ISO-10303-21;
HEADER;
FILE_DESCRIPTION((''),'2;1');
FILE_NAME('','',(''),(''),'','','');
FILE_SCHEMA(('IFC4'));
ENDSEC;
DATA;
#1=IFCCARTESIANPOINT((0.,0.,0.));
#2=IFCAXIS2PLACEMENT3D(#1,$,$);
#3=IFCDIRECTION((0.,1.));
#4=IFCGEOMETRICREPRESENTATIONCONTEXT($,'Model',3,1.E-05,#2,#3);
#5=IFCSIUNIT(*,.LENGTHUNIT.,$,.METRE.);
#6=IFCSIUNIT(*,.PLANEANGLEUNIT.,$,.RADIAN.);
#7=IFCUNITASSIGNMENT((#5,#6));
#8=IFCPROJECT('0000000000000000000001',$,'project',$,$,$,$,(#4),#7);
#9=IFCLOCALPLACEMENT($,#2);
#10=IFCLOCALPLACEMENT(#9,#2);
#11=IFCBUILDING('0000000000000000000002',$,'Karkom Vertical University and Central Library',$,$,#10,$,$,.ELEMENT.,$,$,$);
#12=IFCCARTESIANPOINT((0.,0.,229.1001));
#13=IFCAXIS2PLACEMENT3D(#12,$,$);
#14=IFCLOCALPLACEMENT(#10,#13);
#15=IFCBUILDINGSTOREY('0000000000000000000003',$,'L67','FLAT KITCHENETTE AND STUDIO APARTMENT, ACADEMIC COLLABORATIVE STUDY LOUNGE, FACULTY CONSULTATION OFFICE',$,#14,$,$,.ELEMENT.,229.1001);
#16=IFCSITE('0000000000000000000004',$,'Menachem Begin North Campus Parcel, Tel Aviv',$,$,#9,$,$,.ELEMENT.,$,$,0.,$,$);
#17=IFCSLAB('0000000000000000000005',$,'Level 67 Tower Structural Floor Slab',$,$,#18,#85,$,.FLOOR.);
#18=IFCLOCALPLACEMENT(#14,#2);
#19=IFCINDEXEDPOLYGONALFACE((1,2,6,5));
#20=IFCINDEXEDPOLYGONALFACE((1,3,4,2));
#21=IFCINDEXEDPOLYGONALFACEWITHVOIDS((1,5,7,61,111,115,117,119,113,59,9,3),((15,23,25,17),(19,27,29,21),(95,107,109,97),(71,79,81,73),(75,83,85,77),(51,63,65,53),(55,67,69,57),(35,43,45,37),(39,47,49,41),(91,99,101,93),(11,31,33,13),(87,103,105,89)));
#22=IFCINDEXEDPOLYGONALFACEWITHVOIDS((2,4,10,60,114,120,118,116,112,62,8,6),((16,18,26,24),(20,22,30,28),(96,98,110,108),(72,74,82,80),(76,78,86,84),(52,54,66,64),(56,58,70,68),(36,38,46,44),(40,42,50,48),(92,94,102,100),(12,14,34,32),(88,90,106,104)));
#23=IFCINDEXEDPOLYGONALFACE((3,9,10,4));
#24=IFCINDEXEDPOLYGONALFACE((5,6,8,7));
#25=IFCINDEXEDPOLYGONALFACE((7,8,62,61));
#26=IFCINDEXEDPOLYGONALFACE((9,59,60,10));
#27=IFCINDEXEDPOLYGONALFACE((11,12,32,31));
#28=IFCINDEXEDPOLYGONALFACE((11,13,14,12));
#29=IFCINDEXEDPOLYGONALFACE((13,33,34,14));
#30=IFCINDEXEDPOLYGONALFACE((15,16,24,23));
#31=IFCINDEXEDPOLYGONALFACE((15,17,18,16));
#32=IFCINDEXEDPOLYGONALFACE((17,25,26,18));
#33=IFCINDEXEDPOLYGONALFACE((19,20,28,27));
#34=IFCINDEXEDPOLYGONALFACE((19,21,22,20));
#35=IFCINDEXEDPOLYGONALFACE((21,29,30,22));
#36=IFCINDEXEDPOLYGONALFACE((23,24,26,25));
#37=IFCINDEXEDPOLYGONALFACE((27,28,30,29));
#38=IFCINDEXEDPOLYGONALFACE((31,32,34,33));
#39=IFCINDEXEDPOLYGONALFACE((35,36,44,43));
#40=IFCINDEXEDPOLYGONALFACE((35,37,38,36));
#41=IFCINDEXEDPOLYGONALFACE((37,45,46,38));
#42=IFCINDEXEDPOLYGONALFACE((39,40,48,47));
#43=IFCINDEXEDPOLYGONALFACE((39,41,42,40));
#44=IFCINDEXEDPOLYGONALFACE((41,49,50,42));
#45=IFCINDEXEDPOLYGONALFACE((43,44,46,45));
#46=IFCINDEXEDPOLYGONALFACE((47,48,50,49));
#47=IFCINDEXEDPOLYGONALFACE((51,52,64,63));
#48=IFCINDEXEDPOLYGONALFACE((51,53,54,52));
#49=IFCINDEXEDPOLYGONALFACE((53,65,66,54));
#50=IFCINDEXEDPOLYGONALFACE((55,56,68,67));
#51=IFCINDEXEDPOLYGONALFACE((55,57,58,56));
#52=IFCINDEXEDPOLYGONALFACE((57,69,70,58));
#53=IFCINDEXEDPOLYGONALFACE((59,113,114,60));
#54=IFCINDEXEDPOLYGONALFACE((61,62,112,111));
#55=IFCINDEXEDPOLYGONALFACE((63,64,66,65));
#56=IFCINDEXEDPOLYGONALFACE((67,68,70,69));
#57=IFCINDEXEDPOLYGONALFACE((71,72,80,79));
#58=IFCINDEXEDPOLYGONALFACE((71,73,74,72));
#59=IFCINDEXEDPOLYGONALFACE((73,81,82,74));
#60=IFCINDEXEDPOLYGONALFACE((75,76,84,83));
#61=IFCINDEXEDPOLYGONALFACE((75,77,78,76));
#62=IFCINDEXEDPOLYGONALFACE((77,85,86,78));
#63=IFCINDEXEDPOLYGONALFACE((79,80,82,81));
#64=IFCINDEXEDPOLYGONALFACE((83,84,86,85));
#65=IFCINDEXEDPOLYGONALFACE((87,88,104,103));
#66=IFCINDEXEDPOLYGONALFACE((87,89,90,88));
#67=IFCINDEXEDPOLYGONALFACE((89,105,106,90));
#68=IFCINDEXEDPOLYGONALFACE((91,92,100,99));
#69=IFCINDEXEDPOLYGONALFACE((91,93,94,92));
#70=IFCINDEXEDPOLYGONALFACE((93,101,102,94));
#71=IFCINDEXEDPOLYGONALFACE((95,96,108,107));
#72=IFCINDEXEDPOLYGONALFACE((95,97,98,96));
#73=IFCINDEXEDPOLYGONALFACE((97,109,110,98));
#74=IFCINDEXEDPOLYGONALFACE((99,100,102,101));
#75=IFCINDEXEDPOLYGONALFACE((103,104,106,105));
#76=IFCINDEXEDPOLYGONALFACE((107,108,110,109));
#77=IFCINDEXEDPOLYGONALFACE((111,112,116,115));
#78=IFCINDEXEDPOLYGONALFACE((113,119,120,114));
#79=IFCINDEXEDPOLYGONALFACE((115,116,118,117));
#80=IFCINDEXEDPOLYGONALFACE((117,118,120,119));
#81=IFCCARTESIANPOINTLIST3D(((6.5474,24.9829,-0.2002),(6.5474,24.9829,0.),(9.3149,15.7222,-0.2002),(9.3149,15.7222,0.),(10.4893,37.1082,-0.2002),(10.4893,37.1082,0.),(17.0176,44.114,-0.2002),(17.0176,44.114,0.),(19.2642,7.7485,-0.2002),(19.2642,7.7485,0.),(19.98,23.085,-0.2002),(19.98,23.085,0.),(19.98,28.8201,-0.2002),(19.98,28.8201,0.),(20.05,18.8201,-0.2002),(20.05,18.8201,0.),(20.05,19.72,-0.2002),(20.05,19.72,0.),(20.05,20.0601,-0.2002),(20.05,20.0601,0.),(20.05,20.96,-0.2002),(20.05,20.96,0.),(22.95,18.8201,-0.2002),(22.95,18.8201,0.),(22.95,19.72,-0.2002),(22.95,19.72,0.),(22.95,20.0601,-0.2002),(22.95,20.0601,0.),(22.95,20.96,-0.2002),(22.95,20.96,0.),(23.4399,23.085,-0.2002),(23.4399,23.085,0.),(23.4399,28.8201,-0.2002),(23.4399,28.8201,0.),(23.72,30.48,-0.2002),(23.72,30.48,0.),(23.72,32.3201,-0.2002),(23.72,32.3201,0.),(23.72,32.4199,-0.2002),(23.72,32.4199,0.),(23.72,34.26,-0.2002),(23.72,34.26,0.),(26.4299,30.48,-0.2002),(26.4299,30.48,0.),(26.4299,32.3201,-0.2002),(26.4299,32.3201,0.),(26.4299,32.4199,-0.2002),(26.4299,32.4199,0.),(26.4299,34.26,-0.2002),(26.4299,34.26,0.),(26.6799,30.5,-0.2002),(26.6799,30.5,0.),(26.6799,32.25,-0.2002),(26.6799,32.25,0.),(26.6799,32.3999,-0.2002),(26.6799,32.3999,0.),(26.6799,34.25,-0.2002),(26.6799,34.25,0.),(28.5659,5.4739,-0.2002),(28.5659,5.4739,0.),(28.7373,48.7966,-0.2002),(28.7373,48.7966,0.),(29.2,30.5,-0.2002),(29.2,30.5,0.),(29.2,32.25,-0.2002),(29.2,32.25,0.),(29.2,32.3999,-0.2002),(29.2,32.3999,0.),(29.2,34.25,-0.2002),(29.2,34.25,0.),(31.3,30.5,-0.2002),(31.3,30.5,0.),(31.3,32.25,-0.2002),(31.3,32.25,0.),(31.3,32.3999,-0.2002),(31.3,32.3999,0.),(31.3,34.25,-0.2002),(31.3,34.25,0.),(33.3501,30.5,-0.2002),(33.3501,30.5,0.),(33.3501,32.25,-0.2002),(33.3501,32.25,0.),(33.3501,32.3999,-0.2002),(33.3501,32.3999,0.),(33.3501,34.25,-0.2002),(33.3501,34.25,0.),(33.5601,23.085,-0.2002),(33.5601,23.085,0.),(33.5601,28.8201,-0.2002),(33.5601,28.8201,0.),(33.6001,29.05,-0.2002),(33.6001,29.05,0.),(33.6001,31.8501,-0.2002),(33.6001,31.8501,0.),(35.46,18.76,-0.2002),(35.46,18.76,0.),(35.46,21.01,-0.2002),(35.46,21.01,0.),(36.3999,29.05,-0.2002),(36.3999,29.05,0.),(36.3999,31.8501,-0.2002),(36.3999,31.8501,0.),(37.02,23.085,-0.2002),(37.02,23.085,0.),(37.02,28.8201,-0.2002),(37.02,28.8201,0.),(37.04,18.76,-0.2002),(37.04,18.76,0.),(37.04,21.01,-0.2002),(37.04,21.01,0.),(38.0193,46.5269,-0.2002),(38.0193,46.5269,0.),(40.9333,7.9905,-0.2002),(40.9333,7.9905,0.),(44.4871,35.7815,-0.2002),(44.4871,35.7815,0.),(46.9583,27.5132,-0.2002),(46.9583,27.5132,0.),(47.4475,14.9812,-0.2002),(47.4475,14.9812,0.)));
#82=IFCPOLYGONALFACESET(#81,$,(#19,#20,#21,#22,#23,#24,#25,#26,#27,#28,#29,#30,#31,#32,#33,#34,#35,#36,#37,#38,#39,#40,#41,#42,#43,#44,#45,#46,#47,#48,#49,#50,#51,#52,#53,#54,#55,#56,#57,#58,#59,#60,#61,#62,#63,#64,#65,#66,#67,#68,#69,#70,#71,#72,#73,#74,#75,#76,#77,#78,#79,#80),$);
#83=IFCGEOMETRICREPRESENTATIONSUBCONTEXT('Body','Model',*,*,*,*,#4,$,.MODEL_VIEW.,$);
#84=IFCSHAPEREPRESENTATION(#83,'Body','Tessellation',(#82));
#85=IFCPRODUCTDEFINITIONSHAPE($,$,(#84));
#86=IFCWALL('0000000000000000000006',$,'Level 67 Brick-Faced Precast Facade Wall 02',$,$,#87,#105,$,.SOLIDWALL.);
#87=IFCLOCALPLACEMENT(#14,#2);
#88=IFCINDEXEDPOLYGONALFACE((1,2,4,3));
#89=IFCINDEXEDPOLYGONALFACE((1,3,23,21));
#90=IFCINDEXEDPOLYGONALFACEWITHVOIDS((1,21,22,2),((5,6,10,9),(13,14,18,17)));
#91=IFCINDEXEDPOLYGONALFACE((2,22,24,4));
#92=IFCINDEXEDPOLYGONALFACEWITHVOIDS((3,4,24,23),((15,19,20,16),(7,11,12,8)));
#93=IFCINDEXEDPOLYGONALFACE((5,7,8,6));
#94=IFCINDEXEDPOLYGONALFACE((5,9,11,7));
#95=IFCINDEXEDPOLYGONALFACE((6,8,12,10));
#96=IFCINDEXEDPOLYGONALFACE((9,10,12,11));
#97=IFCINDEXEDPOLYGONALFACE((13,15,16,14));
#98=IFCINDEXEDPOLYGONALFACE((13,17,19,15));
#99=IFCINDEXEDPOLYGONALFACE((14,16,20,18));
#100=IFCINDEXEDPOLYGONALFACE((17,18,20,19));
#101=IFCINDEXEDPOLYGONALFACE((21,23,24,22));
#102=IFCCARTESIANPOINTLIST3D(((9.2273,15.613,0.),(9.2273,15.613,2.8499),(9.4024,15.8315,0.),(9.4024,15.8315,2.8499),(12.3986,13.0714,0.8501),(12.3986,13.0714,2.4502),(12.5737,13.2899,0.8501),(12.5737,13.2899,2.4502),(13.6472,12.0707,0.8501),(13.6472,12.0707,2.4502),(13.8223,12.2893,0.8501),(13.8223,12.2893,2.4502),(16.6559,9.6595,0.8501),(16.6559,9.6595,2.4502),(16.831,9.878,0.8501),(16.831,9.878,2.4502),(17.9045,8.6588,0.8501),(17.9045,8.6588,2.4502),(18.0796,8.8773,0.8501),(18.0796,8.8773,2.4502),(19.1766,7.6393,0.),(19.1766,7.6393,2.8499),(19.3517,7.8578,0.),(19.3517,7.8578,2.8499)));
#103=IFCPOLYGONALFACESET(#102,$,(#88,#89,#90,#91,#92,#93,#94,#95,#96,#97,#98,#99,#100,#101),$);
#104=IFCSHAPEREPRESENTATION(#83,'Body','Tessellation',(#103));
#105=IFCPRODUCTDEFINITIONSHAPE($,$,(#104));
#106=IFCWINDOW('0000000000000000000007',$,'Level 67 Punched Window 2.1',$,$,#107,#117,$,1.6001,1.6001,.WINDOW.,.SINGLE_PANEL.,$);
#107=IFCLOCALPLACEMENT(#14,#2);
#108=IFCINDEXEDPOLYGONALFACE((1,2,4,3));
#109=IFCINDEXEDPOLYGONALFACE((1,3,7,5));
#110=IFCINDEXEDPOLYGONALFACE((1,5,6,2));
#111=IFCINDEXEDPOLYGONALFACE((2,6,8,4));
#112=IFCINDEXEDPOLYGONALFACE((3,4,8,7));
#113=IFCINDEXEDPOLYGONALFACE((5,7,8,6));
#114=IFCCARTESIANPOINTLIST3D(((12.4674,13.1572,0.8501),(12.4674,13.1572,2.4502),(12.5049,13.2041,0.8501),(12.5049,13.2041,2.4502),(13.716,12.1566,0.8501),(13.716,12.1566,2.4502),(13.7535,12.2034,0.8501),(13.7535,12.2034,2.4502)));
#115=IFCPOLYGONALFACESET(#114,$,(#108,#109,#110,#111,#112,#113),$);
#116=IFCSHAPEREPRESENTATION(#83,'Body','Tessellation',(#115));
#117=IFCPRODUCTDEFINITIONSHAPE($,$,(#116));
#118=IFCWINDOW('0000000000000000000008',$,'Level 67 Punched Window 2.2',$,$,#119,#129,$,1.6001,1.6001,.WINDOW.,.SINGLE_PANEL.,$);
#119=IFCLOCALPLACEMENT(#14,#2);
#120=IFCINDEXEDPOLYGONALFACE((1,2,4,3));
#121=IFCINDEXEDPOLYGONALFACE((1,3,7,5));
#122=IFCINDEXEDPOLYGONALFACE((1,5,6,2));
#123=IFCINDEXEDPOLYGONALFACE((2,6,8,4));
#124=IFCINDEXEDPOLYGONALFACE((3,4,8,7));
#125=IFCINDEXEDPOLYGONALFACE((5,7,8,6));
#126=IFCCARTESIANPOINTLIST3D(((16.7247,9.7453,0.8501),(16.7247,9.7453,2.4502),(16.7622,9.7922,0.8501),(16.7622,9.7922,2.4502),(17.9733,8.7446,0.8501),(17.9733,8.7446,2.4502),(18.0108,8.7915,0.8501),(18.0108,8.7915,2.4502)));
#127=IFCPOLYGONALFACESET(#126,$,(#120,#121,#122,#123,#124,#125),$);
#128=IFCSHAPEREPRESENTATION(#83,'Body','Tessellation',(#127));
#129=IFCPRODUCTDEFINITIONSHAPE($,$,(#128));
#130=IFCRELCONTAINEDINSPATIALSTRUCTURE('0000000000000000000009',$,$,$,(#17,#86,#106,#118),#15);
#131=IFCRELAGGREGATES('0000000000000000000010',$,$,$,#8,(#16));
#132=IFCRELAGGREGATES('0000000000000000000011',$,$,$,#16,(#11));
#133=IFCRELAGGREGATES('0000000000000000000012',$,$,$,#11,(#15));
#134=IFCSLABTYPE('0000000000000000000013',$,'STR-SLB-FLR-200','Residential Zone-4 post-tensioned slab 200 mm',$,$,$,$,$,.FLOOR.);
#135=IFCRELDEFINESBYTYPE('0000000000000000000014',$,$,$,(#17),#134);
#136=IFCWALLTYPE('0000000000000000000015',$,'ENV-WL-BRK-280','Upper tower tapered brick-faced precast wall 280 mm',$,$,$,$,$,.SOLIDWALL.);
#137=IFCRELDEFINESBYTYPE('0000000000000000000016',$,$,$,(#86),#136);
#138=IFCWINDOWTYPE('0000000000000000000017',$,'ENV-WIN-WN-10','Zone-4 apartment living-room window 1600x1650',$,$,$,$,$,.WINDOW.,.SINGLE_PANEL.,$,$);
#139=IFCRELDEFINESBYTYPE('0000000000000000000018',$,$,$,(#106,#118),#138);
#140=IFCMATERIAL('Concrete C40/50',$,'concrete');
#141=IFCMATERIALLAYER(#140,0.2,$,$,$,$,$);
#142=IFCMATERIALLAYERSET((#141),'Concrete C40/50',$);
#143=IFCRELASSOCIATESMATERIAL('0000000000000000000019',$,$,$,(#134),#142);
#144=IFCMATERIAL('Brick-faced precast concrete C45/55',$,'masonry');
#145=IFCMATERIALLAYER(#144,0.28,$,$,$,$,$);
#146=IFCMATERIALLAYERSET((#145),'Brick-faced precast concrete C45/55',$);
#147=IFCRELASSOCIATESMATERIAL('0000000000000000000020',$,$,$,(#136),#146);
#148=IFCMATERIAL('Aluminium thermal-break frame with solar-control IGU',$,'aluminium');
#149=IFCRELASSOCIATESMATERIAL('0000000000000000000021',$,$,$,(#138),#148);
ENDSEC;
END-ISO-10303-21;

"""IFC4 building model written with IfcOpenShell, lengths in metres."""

from ifc_helpers import new_model, si_unit, direction, frame, frame_2d, origin, origin_with_axes, place, context, subcontext, project, spatial, polyline, rectangle, outline, extrude, source, transform, mapped, material, layer, layer_set, type_object, element, fill, save


model = new_model("IFC4")

# Units and contexts
model_context = context("Model", 3, precision=1e-05, world=origin(), true_north=direction((0.0, 1.0)))
body_context = subcontext(model_context, "Body", "Model", "MODEL_VIEW")
ifc_project = project(units=[si_unit("LENGTHUNIT", "METRE"), si_unit("PLANEANGLEUNIT", "RADIAN")], contexts=[model_context])

# Site, building, storey
site_placement = place(None, origin())
site = spatial("IfcSite", under=ifc_project, at=site_placement, Name="Menachem Begin North Campus Parcel, Tel Aviv", CompositionType="ELEMENT", RefElevation=0.0)
building_placement = place(site_placement, origin())
building = spatial("IfcBuilding", under=site, at=building_placement, Name="Karkom Vertical University and Central Library", CompositionType="ELEMENT")
storey_placement = place(building_placement, frame((0.0, 0.0, 229.1001)))
storey = spatial("IfcBuildingStorey", under=building, at=storey_placement, Name="L67", Description="FLAT KITCHENETTE AND STUDIO APARTMENT, ACADEMIC COLLABORATIVE STUDY LOUNGE, FACULTY CONSULTATION OFFICE", CompositionType="ELEMENT", Elevation=229.1001)

# Slab
ifc_material_1 = material(Name="Concrete C40/50", Category="concrete")
ifc_layer_1 = layer(ifc_material_1, 0.2)
ifc_layer_set_1 = layer_set([ifc_layer_1], Name="Concrete C40/50")
slab_type_1 = type_object("IfcSlabType", Name="STR-SLB-FLR-200", Description="Residential Zone-4 post-tensioned slab 200 mm", PredefinedType="FLOOR", material=ifc_layer_set_1)
slab_1_placement = place(storey_placement, frame((0.0, 0.0, -0.2002)))
element("IfcSlab", 1, at=slab_1_placement, inside=storey, type_object=slab_type_1, Name="Level 67 Tower Structural Floor Slab", PredefinedType="FLOOR", context=body_context, shape_type="SweptSolid", body=[
    extrude(outline(polyline([(6.5474, 24.9829), (9.3149, 15.7222), (19.2642, 7.7485), (28.5659, 5.4739), (40.9333, 7.9905), (47.4475, 14.9812), (46.9583, 27.5132), (44.4871, 35.7815), (38.0193, 46.5269), (28.7373, 48.7966), (17.0176, 44.114), (10.4893, 37.1082), (6.5474, 24.9829)]), holes=[polyline([(19.98, 23.085), (23.4399, 23.085), (23.4399, 28.8201), (19.98, 28.8201), (19.98, 23.085)]), polyline([(33.5601, 23.085), (37.02, 23.085), (37.02, 28.8201), (33.5601, 28.8201), (33.5601, 23.085)]), polyline([(26.6799, 30.5), (29.2, 30.5), (29.2, 32.25), (26.6799, 32.25), (26.6799, 30.5)]), polyline([(26.6799, 32.3999), (29.2, 32.3999), (29.2, 34.25), (26.6799, 34.25), (26.6799, 32.3999)]), polyline([(31.3, 30.5), (33.3501, 30.5), (33.3501, 32.25), (31.3, 32.25), (31.3, 30.5)]), polyline([(31.3, 32.3999), (33.3501, 32.3999), (33.3501, 34.25), (31.3, 34.25), (31.3, 32.3999)]), polyline([(23.72, 30.48), (26.4299, 30.48), (26.4299, 32.3201), (23.72, 32.3201), (23.72, 30.48)]), polyline([(23.72, 32.4199), (26.4299, 32.4199), (26.4299, 34.26), (23.72, 34.26), (23.72, 32.4199)]), polyline([(33.6001, 29.05), (36.3999, 29.05), (36.3999, 31.8501), (33.6001, 31.8501), (33.6001, 29.05)]), polyline([(20.05, 18.8201), (22.95, 18.8201), (22.95, 19.72), (20.05, 19.72), (20.05, 18.8201)]), polyline([(20.05, 20.0601), (22.95, 20.0601), (22.95, 20.96), (20.05, 20.96), (20.05, 20.0601)]), polyline([(35.46, 18.76), (37.04, 18.76), (37.04, 21.01), (35.46, 21.01), (35.46, 18.76)])]), origin(), (0.0, 0.0, 1.0), 0.2002),
])

# Wall, openings, windows
ifc_material_2 = material(Name="Brick-faced precast concrete C45/55", Category="masonry")
ifc_layer_2 = layer(ifc_material_2, 0.28)
ifc_layer_set_2 = layer_set([ifc_layer_2], Name="Brick-faced precast concrete C45/55")
wall_type_1 = type_object("IfcWallType", Name="ENV-WL-BRK-280", Description="Upper tower tapered brick-faced precast wall 280 mm", PredefinedType="SOLIDWALL", material=ifc_layer_set_2)
wall_1_placement = place(storey_placement, frame((9.3149, 15.7222, 0.0), z_axis=(0.0, 0.0, 1.0), x_axis=(0.780323, -0.625377, 0.0)))
wall_1 = element("IfcWall", 2, at=wall_1_placement, inside=storey, type_object=wall_type_1, Name="Level 67 Brick-Faced Precast Facade Wall 02", PredefinedType="SOLIDWALL", context=body_context, shape_type="SweptSolid", body=[
    extrude(rectangle(XDim=12.7502, YDim=0.28, at=frame_2d((6.375, 0.0))), origin(), (0.0, 0.0, 1.0), 2.8499),
])
opening_1_placement = place(wall_1_placement, frame((4.064, 0.0, 0.8501)))
opening_1 = element("IfcOpeningElement", 3, at=opening_1_placement, cuts=wall_1, PredefinedType="OPENING", context=body_context, shape_type="SweptSolid", body=[
    extrude(rectangle(XDim=1.6001, YDim=1.6001, at=frame_2d((0.8, 0.8))), frame((0.0, 0.1499, 0.0), z_axis=(0.0, -1.0, 0.0), x_axis=(1.0, 0.0, 0.0)), (0.0, 0.0, 1.0), 0.3),
])
opening_2_placement = place(wall_1_placement, frame((9.5198, 0.0, 0.8501)))
opening_2 = element("IfcOpeningElement", 4, at=opening_2_placement, cuts=wall_1, PredefinedType="OPENING", context=body_context, shape_type="SweptSolid", body=[
    extrude(rectangle(XDim=1.6001, YDim=1.6001, at=frame_2d((0.8, 0.8))), frame((0.0, 0.1499, 0.0), z_axis=(0.0, -1.0, 0.0), x_axis=(1.0, 0.0, 0.0)), (0.0, 0.0, 1.0), 0.3),
])
ifc_material_3 = material(Name="Aluminium thermal-break frame with solar-control IGU", Category="aluminium")
window_type = type_object("IfcWindowType", Name="ENV-WIN-WN-10", Description="Zone-4 apartment living-room window 1600x1650", PartitioningType="SINGLE_PANEL", PredefinedType="WINDOW", material=ifc_material_3)
shared_shape_1 = source(origin_with_axes(), body_context, "Body", "SweptSolid", [
    extrude(rectangle(XDim=1.6001, YDim=1.6001, at=frame_2d((0.8, 0.8))), frame((0.0, 0.03, 0.0), z_axis=(0.0, -1.0, 0.0), x_axis=(1.0, 0.0, 0.0)), (0.0, 0.0, 1.0), 0.0601),
])
window_1_placement = place(opening_1_placement, origin())
window_1 = element("IfcWindow", 5, at=window_1_placement, inside=storey, type_object=window_type, Name="Level 67 Punched Window 2.1", OverallHeight=1.6001, OverallWidth=1.6001, PartitioningType="SINGLE_PANEL", PredefinedType="WINDOW", context=body_context, shape_type="MappedRepresentation", body=[
    mapped(shared_shape_1, transform((0.0, 0.0, 0.0), scale=1.0)),
])
fill(opening_1, window_1)
window_2_placement = place(opening_2_placement, origin())
window_2 = element("IfcWindow", 6, at=window_2_placement, inside=storey, type_object=window_type, Name="Level 67 Punched Window 2.2", OverallHeight=1.6001, OverallWidth=1.6001, PartitioningType="SINGLE_PANEL", PredefinedType="WINDOW", context=body_context, shape_type="MappedRepresentation", body=[
    mapped(shared_shape_1, transform((0.0, 0.0, 0.0), scale=1.0)),
])
fill(opening_2, window_2)

save(model, "model.ifc")
